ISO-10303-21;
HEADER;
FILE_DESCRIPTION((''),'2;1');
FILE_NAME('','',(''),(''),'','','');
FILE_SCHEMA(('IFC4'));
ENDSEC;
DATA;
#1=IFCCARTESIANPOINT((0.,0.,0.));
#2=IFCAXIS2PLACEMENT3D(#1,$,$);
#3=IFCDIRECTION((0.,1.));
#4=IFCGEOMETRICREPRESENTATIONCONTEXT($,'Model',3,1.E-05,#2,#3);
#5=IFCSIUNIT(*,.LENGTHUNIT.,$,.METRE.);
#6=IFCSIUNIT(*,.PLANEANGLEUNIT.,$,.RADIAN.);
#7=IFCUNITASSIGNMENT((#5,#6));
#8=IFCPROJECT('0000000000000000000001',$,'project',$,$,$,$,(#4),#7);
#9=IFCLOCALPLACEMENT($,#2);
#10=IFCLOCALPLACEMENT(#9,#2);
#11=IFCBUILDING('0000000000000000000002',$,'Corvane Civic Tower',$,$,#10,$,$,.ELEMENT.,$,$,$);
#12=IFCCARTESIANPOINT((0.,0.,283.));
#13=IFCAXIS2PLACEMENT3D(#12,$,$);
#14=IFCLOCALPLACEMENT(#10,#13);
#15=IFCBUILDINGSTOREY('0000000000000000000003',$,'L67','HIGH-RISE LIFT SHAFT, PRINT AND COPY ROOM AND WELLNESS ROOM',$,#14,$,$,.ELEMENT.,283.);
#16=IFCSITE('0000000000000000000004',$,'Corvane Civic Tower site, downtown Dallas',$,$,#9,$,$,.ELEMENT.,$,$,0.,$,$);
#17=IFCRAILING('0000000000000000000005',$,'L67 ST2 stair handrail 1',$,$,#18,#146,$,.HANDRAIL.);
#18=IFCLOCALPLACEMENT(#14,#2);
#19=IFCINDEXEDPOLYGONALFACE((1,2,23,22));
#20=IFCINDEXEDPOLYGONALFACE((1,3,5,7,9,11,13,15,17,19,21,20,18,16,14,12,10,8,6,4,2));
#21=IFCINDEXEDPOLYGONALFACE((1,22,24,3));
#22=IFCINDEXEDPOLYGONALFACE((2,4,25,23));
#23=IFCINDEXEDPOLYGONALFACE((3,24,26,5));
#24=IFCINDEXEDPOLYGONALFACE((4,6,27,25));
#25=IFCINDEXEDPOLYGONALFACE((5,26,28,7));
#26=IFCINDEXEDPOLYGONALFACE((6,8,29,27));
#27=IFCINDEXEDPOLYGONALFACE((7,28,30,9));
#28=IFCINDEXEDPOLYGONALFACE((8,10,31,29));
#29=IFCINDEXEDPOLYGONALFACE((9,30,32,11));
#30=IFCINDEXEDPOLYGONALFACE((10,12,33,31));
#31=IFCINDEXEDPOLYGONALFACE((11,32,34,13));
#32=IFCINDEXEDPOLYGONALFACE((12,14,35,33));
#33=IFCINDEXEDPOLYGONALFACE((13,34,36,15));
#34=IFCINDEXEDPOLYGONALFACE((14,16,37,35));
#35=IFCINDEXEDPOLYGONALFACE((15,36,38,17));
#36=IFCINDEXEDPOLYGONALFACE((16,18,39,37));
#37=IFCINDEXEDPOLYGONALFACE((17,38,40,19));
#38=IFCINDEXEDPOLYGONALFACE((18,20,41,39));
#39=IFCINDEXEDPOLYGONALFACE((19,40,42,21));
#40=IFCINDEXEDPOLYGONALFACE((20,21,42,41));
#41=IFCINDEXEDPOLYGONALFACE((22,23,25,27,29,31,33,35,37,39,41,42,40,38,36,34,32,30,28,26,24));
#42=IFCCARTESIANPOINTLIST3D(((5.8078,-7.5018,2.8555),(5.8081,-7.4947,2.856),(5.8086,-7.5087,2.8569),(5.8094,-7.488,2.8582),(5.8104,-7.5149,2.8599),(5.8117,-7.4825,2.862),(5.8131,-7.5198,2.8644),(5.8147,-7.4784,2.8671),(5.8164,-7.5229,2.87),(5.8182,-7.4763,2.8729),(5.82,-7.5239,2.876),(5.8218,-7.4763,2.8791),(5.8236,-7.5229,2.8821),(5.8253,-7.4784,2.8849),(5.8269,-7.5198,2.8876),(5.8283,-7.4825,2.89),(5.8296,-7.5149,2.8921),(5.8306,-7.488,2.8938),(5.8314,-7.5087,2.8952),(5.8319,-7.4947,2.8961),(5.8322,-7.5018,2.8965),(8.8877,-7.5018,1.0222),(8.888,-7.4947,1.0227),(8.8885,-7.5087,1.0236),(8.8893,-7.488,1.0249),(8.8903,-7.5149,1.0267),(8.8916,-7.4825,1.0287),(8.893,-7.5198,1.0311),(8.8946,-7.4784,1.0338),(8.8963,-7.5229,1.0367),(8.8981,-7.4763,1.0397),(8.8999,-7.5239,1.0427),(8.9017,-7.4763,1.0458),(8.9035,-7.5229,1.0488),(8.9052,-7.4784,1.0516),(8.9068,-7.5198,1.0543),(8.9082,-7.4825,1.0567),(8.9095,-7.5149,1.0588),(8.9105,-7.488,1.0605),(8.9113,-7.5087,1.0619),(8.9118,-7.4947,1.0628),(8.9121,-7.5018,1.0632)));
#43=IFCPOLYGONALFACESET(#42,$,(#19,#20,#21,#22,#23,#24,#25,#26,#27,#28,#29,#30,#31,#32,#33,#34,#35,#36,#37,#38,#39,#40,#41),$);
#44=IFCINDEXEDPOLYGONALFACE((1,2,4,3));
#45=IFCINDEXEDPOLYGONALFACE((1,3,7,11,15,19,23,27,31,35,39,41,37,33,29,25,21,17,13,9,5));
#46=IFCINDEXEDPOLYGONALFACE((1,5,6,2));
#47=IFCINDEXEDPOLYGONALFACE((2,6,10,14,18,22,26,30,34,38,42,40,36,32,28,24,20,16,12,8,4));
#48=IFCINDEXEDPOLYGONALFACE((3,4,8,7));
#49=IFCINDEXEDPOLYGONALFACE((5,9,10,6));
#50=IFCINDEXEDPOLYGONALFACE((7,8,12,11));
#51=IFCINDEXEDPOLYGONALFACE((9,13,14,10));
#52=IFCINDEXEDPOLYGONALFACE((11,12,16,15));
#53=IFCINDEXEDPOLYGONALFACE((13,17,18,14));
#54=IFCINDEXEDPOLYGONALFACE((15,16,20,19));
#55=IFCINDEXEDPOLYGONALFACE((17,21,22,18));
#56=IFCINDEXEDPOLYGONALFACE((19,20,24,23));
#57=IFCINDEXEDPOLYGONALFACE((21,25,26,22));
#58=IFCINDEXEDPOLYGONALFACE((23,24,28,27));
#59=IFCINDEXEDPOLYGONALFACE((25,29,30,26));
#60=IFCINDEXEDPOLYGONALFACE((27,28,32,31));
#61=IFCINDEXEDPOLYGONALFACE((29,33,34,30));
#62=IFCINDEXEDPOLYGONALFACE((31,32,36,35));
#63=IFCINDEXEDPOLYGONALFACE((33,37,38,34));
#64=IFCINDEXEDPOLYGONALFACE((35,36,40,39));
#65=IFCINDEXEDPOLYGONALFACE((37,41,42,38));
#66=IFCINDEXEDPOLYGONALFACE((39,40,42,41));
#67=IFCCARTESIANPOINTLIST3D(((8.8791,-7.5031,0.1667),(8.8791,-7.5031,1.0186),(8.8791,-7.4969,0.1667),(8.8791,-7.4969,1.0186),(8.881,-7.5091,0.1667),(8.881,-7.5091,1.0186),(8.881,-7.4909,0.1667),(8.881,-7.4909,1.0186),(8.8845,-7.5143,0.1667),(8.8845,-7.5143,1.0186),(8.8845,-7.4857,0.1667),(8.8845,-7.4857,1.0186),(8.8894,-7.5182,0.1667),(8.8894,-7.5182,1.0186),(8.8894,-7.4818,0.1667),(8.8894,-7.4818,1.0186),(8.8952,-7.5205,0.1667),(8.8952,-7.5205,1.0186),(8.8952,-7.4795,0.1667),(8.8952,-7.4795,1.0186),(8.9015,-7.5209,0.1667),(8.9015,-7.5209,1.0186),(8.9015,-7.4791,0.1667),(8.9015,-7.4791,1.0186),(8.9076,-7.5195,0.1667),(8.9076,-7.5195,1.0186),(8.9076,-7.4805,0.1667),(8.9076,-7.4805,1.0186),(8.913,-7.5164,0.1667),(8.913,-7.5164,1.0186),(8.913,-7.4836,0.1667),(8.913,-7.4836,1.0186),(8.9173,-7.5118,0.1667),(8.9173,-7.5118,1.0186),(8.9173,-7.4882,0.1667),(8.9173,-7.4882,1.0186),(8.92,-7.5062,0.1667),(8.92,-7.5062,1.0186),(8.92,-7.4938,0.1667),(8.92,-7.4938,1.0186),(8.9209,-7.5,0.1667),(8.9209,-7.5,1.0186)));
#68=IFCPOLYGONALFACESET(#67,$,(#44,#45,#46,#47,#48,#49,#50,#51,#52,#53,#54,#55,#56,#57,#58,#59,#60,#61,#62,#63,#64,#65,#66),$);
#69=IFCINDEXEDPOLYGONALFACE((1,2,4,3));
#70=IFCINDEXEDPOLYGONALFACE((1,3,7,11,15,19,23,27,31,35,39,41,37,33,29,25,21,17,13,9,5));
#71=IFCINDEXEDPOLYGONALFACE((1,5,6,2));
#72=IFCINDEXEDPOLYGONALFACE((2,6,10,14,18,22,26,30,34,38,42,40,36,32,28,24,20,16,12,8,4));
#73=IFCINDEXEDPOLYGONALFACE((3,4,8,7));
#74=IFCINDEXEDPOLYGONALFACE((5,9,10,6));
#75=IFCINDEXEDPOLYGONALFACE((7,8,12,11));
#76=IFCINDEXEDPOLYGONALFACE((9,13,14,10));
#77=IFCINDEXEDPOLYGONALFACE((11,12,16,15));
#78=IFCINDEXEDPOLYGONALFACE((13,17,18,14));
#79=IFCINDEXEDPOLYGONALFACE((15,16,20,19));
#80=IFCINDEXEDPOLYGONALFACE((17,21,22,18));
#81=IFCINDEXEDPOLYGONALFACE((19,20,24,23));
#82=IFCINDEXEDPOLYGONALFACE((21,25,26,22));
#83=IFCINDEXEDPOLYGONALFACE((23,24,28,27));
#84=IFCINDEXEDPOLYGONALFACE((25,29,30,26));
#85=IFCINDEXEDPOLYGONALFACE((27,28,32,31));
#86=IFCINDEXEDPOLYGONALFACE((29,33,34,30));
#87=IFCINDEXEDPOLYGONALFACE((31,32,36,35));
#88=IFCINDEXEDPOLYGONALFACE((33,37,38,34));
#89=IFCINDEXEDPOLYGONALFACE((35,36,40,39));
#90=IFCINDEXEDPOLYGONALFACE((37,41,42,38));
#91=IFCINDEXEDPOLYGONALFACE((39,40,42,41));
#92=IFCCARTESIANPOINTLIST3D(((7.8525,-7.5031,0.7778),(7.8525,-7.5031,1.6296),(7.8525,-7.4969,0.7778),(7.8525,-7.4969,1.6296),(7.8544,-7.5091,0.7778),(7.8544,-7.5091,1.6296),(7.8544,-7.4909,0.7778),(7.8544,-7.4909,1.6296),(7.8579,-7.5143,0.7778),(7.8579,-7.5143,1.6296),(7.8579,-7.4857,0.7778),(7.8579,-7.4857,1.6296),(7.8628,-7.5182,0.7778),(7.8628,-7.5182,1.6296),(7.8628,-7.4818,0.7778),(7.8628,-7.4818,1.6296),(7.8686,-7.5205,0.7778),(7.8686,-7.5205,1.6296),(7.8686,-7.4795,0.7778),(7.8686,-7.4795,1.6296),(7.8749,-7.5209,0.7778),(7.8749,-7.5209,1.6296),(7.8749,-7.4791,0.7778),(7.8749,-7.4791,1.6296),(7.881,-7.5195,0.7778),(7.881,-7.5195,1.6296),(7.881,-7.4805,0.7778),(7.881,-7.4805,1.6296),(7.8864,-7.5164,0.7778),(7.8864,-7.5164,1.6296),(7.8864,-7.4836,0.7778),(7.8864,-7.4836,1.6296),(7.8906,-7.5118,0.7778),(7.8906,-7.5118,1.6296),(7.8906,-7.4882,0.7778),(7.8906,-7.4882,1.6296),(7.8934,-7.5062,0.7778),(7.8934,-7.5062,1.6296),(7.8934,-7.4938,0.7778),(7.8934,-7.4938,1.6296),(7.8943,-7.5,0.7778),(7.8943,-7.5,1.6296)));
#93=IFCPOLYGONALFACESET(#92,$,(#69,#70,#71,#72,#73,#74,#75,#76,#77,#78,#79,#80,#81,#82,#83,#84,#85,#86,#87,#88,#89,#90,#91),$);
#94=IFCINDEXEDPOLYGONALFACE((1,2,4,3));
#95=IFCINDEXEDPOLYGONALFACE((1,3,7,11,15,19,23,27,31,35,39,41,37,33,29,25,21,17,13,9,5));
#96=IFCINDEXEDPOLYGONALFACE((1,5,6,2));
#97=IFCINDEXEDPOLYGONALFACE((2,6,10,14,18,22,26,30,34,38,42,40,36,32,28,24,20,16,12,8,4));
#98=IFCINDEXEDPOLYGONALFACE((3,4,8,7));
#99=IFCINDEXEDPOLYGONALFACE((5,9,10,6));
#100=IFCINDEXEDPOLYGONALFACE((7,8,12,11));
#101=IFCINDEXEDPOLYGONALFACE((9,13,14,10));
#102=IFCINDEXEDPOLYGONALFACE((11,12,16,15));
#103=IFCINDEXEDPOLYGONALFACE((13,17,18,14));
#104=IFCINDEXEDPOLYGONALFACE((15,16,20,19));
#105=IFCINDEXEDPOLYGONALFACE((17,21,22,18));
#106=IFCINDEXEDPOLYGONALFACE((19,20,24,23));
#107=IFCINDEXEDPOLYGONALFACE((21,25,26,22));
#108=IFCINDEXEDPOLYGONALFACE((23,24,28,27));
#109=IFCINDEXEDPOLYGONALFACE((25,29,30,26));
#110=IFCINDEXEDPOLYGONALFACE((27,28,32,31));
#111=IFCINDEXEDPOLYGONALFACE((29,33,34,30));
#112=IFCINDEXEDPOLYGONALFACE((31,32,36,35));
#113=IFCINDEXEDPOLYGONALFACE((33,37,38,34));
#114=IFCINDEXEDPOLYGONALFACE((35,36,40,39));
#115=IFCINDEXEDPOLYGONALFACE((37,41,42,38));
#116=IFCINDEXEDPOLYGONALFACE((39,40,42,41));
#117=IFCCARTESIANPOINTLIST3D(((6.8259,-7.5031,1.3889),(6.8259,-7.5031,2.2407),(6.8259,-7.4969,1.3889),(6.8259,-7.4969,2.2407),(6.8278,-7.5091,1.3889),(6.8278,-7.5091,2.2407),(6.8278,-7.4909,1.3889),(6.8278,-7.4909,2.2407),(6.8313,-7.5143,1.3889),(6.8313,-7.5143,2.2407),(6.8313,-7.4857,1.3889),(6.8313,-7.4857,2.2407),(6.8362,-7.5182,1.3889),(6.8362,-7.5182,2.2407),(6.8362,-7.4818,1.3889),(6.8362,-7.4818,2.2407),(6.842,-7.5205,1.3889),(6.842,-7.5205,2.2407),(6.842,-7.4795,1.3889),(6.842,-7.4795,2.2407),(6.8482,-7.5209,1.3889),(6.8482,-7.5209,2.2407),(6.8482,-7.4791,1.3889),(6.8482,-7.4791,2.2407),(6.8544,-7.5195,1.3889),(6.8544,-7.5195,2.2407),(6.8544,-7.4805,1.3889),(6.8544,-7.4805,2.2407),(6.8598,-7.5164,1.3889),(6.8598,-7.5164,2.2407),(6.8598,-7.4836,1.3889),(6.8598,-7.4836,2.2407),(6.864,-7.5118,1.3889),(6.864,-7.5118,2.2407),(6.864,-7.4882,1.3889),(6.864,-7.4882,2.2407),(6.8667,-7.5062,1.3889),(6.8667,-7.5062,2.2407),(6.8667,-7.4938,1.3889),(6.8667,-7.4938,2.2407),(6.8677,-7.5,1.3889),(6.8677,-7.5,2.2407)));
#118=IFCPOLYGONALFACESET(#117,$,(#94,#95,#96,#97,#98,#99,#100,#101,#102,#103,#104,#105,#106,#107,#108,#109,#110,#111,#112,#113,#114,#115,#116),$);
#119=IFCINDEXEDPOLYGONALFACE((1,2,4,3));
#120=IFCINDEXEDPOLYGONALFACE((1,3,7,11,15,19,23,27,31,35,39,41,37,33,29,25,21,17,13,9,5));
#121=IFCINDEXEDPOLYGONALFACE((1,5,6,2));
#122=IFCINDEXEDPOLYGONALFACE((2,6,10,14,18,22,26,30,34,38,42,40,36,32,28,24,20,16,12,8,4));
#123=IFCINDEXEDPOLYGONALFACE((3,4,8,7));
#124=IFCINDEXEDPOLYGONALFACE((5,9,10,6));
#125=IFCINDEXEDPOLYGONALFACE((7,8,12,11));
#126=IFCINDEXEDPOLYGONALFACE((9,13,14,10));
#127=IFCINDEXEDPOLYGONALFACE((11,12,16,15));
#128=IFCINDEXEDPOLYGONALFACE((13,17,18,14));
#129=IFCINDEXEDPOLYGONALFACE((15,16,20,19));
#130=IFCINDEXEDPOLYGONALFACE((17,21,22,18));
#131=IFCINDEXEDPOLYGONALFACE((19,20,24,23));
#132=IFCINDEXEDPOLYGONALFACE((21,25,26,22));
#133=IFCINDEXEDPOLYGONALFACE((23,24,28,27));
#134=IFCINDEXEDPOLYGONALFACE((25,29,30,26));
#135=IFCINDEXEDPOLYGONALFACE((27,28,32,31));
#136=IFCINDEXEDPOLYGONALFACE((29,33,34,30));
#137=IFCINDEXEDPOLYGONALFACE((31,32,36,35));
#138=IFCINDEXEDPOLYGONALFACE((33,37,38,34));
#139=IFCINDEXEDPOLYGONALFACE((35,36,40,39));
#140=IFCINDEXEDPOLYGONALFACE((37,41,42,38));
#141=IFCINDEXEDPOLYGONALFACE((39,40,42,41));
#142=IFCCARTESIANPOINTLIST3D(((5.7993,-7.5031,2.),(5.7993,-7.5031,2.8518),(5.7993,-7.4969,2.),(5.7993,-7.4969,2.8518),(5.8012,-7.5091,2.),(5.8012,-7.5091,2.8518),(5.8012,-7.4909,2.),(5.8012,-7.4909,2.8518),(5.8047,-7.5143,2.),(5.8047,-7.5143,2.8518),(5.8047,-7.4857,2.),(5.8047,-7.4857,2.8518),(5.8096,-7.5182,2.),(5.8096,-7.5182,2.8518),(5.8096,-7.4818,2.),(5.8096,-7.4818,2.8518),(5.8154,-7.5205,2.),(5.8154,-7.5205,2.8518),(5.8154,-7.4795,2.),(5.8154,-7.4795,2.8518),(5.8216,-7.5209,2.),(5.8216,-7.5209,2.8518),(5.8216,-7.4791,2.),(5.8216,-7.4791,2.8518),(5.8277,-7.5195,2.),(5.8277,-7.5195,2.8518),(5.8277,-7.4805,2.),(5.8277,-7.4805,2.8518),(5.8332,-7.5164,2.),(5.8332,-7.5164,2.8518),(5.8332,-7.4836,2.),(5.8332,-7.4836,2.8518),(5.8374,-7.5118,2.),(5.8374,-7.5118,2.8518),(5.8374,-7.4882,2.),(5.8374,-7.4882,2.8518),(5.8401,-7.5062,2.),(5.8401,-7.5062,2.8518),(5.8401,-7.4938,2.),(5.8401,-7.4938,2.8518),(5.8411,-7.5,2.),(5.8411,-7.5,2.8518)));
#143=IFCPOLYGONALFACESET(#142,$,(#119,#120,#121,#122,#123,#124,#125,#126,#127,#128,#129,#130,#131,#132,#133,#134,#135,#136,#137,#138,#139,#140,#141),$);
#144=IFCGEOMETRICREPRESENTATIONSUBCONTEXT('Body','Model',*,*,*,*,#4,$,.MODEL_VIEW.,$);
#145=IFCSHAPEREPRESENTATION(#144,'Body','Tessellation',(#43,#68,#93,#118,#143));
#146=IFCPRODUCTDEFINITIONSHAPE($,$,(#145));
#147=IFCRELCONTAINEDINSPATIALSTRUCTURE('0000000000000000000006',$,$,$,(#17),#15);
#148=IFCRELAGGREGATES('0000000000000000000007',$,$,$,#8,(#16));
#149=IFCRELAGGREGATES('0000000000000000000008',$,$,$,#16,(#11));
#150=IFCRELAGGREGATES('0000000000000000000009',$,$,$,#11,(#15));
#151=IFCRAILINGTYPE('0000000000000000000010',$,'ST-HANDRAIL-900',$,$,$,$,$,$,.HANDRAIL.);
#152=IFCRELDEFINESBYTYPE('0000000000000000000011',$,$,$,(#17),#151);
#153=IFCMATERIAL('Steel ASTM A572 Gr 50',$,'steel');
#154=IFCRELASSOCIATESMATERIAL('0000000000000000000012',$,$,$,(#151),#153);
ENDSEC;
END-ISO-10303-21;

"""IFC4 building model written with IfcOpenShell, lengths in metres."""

from ifc_helpers import new_model, si_unit, direction, frame, origin, origin_2d, place, context, subcontext, project, spatial, circle, extrude, material, type_object, element, save


model = new_model("IFC4")

# Units and contexts
model_context = context("Model", 3, precision=1e-05, world=origin(), true_north=direction((0.0, 1.0)))
body_context = subcontext(model_context, "Body", "Model", "MODEL_VIEW")
ifc_project = project(units=[si_unit("LENGTHUNIT", "METRE"), si_unit("PLANEANGLEUNIT", "RADIAN")], contexts=[model_context])

# Site, building, storey
site_placement = place(None, origin())
site = spatial("IfcSite", under=ifc_project, at=site_placement, Name="Corvane Civic Tower site, downtown Dallas", CompositionType="ELEMENT", RefElevation=0.0)
building_placement = place(site_placement, origin())
building = spatial("IfcBuilding", under=site, at=building_placement, Name="Corvane Civic Tower", CompositionType="ELEMENT")
storey_placement = place(building_placement, frame((0.0, 0.0, 283.0)))
storey = spatial("IfcBuildingStorey", under=building, at=storey_placement, Name="L67", Description="HIGH-RISE LIFT SHAFT, PRINT AND COPY ROOM AND WELLNESS ROOM", CompositionType="ELEMENT", Elevation=283.0)

# Railing
ifc_material_1 = material(Name="Steel ASTM A572 Gr 50", Category="steel")
railing_type_1 = type_object("IfcRailingType", Name="ST-HANDRAIL-900", PredefinedType="HANDRAIL", material=ifc_material_1)
railing_1_placement = place(storey_placement, frame((8.8999, -7.5, 0.1667)))
element("IfcRailing", 1, at=railing_1_placement, inside=storey, type_object=railing_type_1, Name="L67 ST2 stair handrail 1", PredefinedType="HANDRAIL", context=body_context, shape_type="SweptSolid", body=[
    extrude(circle(Radius=0.0239, at=origin_2d()), frame((0.0, 0.0, 0.876), z_axis=(-0.859291, 0.0, 0.511487), x_axis=(0.0, -1.0, 0.0)), (0.0, 0.0, 1.0), 3.5842),
    extrude(circle(Radius=0.021, at=origin_2d()), origin(), (0.0, 0.0, 1.0), 0.8518),
    extrude(circle(Radius=0.021, at=origin_2d()), frame((-1.0266, 0.0, 0.6111)), (0.0, 0.0, 1.0), 0.8518),
    extrude(circle(Radius=0.021, at=origin_2d()), frame((-2.0532, 0.0, 1.2222)), (0.0, 0.0, 1.0), 0.8518),
    extrude(circle(Radius=0.021, at=origin_2d()), frame((-3.0798, 0.0, 1.8333)), (0.0, 0.0, 1.0), 0.8518),
])

save(model, "model.ifc")
